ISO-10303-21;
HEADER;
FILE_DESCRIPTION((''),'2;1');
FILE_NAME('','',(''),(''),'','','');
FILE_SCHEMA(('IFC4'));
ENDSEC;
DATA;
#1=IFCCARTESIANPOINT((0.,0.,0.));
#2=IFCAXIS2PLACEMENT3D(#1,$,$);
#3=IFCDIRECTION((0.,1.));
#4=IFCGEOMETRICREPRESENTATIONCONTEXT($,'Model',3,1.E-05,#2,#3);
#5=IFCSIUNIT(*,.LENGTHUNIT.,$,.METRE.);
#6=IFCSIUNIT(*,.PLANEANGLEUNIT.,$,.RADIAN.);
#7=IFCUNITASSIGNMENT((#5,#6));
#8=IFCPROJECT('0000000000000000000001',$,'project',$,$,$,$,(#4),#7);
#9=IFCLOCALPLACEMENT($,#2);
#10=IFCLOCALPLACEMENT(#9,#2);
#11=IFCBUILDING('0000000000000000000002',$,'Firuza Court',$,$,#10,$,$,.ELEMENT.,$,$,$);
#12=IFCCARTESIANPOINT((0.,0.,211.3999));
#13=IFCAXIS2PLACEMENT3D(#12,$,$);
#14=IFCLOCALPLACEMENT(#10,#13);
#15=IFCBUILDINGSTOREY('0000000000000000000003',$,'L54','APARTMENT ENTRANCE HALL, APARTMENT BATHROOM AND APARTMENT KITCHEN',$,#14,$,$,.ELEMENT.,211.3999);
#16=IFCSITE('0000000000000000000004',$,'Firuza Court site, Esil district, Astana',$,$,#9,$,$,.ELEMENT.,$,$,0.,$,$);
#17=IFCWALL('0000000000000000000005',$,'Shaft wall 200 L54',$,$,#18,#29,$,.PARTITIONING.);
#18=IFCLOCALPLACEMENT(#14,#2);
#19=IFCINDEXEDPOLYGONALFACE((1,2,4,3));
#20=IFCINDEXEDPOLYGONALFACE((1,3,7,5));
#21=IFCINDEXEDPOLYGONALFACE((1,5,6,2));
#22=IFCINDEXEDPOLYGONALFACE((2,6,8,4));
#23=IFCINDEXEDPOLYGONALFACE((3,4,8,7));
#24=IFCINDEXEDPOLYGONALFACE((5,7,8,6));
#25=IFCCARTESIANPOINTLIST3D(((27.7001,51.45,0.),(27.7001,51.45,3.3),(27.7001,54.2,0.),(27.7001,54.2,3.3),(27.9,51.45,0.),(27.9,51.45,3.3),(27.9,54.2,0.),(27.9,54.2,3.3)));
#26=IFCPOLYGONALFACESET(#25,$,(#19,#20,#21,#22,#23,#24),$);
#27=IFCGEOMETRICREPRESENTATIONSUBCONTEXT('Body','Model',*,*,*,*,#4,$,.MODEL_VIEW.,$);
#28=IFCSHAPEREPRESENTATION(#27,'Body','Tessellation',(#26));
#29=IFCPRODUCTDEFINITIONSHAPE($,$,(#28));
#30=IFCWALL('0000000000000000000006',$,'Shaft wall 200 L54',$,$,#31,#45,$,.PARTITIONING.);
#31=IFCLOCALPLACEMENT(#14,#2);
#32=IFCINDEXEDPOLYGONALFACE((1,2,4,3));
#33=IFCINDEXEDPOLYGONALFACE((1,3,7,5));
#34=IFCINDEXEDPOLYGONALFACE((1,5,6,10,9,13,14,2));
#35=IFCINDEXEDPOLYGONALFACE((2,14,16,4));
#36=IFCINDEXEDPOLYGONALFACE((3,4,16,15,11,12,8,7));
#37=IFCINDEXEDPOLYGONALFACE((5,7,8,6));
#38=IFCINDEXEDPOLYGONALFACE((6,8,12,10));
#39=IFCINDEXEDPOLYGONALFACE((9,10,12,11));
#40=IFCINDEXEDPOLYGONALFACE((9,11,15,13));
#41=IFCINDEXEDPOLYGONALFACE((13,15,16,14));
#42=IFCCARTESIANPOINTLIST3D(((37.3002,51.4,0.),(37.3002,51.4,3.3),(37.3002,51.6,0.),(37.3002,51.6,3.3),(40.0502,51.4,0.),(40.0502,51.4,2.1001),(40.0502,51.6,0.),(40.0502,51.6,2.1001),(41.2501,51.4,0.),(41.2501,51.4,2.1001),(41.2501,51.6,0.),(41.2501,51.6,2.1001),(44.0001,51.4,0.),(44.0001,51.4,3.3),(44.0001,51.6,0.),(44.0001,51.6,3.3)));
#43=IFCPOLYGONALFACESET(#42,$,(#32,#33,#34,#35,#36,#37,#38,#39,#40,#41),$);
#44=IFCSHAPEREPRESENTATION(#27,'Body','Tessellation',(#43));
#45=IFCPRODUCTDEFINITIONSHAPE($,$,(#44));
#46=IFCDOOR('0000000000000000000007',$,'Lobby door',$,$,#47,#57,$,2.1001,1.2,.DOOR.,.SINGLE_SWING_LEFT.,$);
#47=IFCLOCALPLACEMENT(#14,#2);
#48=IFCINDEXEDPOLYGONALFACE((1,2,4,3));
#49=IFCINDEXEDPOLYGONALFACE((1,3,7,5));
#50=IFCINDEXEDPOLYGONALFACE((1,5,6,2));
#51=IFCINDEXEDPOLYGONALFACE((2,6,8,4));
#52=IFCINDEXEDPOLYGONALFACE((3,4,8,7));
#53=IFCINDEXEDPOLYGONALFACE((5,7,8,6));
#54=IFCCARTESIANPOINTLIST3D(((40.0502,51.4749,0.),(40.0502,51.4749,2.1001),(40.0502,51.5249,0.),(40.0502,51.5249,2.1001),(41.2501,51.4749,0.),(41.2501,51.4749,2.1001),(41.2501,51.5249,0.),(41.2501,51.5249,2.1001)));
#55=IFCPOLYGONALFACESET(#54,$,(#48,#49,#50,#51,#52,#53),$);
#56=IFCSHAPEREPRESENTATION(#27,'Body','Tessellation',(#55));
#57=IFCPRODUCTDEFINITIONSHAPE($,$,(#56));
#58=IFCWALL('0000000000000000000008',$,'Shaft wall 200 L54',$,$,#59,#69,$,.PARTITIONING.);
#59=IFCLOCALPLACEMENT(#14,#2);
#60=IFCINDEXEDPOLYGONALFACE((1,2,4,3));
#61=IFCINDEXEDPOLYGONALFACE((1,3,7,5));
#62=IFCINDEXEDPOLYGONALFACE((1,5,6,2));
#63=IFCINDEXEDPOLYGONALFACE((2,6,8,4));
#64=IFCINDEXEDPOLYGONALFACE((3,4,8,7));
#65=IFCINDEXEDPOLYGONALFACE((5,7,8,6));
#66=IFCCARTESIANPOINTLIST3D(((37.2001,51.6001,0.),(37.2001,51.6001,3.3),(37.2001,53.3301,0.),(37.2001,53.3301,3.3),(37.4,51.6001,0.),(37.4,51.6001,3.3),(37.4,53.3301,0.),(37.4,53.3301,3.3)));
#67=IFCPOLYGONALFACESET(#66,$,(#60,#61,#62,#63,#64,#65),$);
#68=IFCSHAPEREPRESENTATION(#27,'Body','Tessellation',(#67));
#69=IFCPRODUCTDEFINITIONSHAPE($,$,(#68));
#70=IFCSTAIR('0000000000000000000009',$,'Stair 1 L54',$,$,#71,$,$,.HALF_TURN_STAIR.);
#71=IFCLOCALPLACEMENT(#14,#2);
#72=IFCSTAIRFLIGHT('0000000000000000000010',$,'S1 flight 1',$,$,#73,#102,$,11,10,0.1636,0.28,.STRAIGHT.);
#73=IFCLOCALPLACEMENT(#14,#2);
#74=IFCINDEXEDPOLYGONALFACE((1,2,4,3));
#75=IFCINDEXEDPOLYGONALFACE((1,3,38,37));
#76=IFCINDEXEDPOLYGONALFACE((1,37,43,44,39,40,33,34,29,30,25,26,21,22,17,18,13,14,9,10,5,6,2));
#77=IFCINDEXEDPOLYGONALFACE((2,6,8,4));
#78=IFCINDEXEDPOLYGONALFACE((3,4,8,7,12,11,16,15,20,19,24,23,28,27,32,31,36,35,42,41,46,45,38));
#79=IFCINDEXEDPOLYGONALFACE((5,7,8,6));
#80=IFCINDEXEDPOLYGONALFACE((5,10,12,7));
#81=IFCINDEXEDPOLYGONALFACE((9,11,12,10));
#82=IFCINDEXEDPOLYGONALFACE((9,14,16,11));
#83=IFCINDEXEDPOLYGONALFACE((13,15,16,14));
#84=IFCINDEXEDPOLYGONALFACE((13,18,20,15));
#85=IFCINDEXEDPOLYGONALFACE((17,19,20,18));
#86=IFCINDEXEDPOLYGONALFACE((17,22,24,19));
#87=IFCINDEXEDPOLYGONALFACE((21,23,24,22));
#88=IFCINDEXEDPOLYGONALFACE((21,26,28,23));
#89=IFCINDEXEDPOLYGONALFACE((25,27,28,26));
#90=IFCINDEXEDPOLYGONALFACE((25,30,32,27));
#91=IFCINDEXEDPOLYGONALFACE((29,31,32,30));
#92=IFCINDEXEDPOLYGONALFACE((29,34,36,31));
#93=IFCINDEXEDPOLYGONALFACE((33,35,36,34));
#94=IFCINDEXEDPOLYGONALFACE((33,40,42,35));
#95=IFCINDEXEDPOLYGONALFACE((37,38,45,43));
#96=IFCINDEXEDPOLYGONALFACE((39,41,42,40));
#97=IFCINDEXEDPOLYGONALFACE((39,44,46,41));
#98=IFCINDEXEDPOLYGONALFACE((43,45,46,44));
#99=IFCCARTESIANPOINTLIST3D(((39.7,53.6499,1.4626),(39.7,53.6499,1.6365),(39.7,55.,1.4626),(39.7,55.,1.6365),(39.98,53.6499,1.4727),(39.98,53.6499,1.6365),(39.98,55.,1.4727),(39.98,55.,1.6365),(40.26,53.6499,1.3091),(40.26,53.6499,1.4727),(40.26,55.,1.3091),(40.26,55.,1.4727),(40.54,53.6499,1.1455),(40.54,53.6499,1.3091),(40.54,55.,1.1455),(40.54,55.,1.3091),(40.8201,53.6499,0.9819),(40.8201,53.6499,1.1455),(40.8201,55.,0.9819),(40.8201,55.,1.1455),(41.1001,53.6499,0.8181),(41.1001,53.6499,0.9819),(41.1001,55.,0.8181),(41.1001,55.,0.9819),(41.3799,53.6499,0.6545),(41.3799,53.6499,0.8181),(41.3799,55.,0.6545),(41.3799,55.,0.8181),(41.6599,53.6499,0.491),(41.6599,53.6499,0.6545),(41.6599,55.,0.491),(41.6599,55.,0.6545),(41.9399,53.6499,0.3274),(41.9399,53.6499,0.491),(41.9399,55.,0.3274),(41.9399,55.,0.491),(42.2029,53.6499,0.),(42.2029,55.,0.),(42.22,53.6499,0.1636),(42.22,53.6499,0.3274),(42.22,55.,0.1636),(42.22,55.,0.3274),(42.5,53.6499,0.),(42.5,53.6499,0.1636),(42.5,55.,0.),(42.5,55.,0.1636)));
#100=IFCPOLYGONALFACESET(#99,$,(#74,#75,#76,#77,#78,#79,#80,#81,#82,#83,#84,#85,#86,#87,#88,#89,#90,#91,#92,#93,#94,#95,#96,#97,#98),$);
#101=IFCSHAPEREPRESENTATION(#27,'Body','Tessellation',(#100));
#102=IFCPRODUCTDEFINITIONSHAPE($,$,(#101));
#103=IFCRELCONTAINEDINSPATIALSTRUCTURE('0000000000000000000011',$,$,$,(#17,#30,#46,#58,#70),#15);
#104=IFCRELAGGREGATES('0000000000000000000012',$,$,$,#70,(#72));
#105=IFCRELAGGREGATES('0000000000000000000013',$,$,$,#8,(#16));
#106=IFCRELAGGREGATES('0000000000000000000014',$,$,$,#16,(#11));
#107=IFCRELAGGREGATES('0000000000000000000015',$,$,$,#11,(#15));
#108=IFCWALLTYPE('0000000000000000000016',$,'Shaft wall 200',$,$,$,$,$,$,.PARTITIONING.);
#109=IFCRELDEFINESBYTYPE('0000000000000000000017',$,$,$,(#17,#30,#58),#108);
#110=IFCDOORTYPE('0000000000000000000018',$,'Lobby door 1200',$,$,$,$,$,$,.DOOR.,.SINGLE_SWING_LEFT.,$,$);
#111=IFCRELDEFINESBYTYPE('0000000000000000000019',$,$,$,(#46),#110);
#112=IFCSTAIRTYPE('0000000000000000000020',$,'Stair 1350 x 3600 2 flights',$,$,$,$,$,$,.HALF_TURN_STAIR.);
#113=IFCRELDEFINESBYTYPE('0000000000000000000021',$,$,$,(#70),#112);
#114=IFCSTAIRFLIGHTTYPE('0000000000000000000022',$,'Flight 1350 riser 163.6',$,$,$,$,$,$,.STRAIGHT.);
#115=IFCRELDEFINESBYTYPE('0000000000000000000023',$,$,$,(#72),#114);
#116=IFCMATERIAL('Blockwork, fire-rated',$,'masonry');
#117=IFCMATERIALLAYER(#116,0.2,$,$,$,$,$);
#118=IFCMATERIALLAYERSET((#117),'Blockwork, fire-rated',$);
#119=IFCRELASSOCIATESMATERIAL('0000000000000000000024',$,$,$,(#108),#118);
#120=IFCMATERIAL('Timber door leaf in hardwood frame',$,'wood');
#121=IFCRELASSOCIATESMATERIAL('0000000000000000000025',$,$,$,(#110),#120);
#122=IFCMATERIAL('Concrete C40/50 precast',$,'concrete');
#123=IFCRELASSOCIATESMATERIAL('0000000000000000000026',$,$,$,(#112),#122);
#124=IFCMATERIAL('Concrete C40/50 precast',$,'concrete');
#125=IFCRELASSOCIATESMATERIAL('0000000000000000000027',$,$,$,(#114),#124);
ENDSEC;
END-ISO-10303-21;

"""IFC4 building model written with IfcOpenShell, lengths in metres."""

from ifc_helpers import new_model, si_unit, direction, frame, frame_2d, origin, place, context, subcontext, project, spatial, polyline, rectangle, outline, extrude, material, layer, layer_set, type_object, element, fill, aggregate, save


model = new_model("IFC4")

# Units and contexts
model_context = context("Model", 3, precision=1e-05, world=origin(), true_north=direction((0.0, 1.0)))
body_context = subcontext(model_context, "Body", "Model", "MODEL_VIEW")
ifc_project = project(units=[si_unit("LENGTHUNIT", "METRE"), si_unit("PLANEANGLEUNIT", "RADIAN")], contexts=[model_context])

# Site, building, storey
site_placement = place(None, origin())
site = spatial("IfcSite", under=ifc_project, at=site_placement, Name="Firuza Court site, Esil district, Astana", CompositionType="ELEMENT", RefElevation=0.0)
building_placement = place(site_placement, origin())
building = spatial("IfcBuilding", under=site, at=building_placement, Name="Firuza Court", CompositionType="ELEMENT")
storey_placement = place(building_placement, frame((0.0, 0.0, 211.3999)))
storey = spatial("IfcBuildingStorey", under=building, at=storey_placement, Name="L54", Description="APARTMENT ENTRANCE HALL, APARTMENT BATHROOM AND APARTMENT KITCHEN", CompositionType="ELEMENT", Elevation=211.3999)

# Shared definitions
ifc_material_1 = material(Name="Blockwork, fire-rated", Category="masonry")

# Wall
ifc_layer_1 = layer(ifc_material_1, 0.2)
ifc_layer_set_1 = layer_set([ifc_layer_1], Name="Blockwork, fire-rated")
wall_type_1 = type_object("IfcWallType", Name="Shaft wall 200", PredefinedType="PARTITIONING", material=ifc_layer_set_1)
wall_1_placement = place(storey_placement, frame((27.8, 51.45, 0.0), z_axis=(0.0, 0.0, 1.0), x_axis=(0.0, 1.0, 0.0)))
element("IfcWall", 1, at=wall_1_placement, inside=storey, type_object=wall_type_1, Name="Shaft wall 200 L54", PredefinedType="PARTITIONING", context=body_context, shape_type="SweptSolid", body=[
    extrude(rectangle(XDim=2.75, YDim=0.2, at=frame_2d((1.375, 0.0))), origin(), (0.0, 0.0, 1.0), 3.3),
])

# Wall, opening, door
wall_2_placement = place(storey_placement, frame((37.3, 51.5, 0.0), z_axis=(0.0, 0.0, 1.0), x_axis=(1.0, 0.0, 0.0)))
wall_2 = element("IfcWall", 2, at=wall_2_placement, inside=storey, type_object=wall_type_1, Name="Shaft wall 200 L54", PredefinedType="PARTITIONING", context=body_context, shape_type="SweptSolid", body=[
    extrude(rectangle(XDim=6.7, YDim=0.2, at=frame_2d((3.3501, 0.0))), origin(), (0.0, 0.0, 1.0), 3.3),
])
opening_1_placement = place(wall_2_placement, frame((2.75, 0.0, 0.0)))
opening_1 = element("IfcOpeningElement", 3, at=opening_1_placement, cuts=wall_2, PredefinedType="OPENING", context=body_context, shape_type="SweptSolid", body=[
    extrude(rectangle(XDim=1.2, YDim=2.1001, at=frame_2d((0.6001, 1.05))), frame((0.0, 0.1118, 0.0), z_axis=(0.0, -1.0, 0.0), x_axis=(1.0, 0.0, 0.0)), (0.0, 0.0, 1.0), 0.2239),
])
ifc_material_2 = material(Name="Timber door leaf in hardwood frame", Category="wood")
door_type_1 = type_object("IfcDoorType", Name="Lobby door 1200", OperationType="SINGLE_SWING_LEFT", PredefinedType="DOOR", material=ifc_material_2)
door_1_placement = place(opening_1_placement, origin())
door_1 = element("IfcDoor", 4, at=door_1_placement, inside=storey, type_object=door_type_1, Name="Lobby door", OperationType="SINGLE_SWING_LEFT", OverallHeight=2.1001, OverallWidth=1.2, PredefinedType="DOOR", context=body_context, shape_type="SweptSolid", body=[
    extrude(rectangle(XDim=1.2, YDim=2.1001, at=frame_2d((0.6001, 1.05))), frame((0.0, 0.0249, 0.0), z_axis=(0.0, -1.0, 0.0), x_axis=(1.0, 0.0, 0.0)), (0.0, 0.0, 1.0), 0.05),
])
fill(opening_1, door_1)

# Wall
wall_3_placement = place(storey_placement, frame((37.3, 51.6001, 0.0), z_axis=(0.0, 0.0, 1.0), x_axis=(0.0, 1.0, 0.0)))
element("IfcWall", 5, at=wall_3_placement, inside=storey, type_object=wall_type_1, Name="Shaft wall 200 L54", PredefinedType="PARTITIONING", context=body_context, shape_type="SweptSolid", body=[
    extrude(rectangle(XDim=1.73, YDim=0.2, at=frame_2d((0.865, 0.0))), origin(), (0.0, 0.0, 1.0), 3.3),
])

# Stair, stair flight
ifc_material_3 = material(Name="Concrete C40/50 precast", Category="concrete")
stair_type = type_object("IfcStairType", Name="Stair 1350 x 3600 2 flights", PredefinedType="HALF_TURN_STAIR", material=ifc_material_3)
stair_placement = place(storey_placement, origin())
stair = element("IfcStair", 6, at=stair_placement, inside=storey, type_object=stair_type, Name="Stair 1 L54", PredefinedType="HALF_TURN_STAIR")
ifc_material_4 = material(Name="Concrete C40/50 precast", Category="concrete")
stair_flight_type = type_object("IfcStairFlightType", Name="Flight 1350 riser 163.6", PredefinedType="STRAIGHT", material=ifc_material_4)
stair_flight_placement = place(storey_placement, frame((42.5, 54.325, 0.0), z_axis=(0.0, 0.0, 1.0), x_axis=(-1.0, 0.0, 0.0)))
stair_flight = element("IfcStairFlight", 7, at=stair_flight_placement, type_object=stair_flight_type, Name="S1 flight 1", NumberOfRisers=11, NumberOfTreads=10, PredefinedType="STRAIGHT", RiserHeight=0.1636, TreadLength=0.28, context=body_context, shape_type="SweptSolid", body=[
    extrude(outline(polyline([(0.0, 0.0), (0.0, 0.1636), (0.28, 0.1636), (0.28, 0.3274), (0.5601, 0.3274), (0.5601, 0.491), (0.8401, 0.491), (0.8401, 0.6545), (1.1201, 0.6545), (1.1201, 0.8181), (1.3999, 0.8181), (1.3999, 0.9819), (1.6799, 0.9819), (1.6799, 1.1455), (1.96, 1.1455), (1.96, 1.3091), (2.24, 1.3091), (2.24, 1.4727), (2.52, 1.4727), (2.52, 1.6365), (2.8, 1.6365), (2.8, 1.8), (2.8, 1.4626), (0.2971, 0.0), (0.0, 0.0)])), frame((0.0, 0.675, 0.0), z_axis=(0.0, -1.0, 0.0), x_axis=(1.0, 0.0, 0.0)), (0.0, 0.0, 1.0), 1.3501),
])
aggregate(stair, [stair_flight])

save(model, "model.ifc")
